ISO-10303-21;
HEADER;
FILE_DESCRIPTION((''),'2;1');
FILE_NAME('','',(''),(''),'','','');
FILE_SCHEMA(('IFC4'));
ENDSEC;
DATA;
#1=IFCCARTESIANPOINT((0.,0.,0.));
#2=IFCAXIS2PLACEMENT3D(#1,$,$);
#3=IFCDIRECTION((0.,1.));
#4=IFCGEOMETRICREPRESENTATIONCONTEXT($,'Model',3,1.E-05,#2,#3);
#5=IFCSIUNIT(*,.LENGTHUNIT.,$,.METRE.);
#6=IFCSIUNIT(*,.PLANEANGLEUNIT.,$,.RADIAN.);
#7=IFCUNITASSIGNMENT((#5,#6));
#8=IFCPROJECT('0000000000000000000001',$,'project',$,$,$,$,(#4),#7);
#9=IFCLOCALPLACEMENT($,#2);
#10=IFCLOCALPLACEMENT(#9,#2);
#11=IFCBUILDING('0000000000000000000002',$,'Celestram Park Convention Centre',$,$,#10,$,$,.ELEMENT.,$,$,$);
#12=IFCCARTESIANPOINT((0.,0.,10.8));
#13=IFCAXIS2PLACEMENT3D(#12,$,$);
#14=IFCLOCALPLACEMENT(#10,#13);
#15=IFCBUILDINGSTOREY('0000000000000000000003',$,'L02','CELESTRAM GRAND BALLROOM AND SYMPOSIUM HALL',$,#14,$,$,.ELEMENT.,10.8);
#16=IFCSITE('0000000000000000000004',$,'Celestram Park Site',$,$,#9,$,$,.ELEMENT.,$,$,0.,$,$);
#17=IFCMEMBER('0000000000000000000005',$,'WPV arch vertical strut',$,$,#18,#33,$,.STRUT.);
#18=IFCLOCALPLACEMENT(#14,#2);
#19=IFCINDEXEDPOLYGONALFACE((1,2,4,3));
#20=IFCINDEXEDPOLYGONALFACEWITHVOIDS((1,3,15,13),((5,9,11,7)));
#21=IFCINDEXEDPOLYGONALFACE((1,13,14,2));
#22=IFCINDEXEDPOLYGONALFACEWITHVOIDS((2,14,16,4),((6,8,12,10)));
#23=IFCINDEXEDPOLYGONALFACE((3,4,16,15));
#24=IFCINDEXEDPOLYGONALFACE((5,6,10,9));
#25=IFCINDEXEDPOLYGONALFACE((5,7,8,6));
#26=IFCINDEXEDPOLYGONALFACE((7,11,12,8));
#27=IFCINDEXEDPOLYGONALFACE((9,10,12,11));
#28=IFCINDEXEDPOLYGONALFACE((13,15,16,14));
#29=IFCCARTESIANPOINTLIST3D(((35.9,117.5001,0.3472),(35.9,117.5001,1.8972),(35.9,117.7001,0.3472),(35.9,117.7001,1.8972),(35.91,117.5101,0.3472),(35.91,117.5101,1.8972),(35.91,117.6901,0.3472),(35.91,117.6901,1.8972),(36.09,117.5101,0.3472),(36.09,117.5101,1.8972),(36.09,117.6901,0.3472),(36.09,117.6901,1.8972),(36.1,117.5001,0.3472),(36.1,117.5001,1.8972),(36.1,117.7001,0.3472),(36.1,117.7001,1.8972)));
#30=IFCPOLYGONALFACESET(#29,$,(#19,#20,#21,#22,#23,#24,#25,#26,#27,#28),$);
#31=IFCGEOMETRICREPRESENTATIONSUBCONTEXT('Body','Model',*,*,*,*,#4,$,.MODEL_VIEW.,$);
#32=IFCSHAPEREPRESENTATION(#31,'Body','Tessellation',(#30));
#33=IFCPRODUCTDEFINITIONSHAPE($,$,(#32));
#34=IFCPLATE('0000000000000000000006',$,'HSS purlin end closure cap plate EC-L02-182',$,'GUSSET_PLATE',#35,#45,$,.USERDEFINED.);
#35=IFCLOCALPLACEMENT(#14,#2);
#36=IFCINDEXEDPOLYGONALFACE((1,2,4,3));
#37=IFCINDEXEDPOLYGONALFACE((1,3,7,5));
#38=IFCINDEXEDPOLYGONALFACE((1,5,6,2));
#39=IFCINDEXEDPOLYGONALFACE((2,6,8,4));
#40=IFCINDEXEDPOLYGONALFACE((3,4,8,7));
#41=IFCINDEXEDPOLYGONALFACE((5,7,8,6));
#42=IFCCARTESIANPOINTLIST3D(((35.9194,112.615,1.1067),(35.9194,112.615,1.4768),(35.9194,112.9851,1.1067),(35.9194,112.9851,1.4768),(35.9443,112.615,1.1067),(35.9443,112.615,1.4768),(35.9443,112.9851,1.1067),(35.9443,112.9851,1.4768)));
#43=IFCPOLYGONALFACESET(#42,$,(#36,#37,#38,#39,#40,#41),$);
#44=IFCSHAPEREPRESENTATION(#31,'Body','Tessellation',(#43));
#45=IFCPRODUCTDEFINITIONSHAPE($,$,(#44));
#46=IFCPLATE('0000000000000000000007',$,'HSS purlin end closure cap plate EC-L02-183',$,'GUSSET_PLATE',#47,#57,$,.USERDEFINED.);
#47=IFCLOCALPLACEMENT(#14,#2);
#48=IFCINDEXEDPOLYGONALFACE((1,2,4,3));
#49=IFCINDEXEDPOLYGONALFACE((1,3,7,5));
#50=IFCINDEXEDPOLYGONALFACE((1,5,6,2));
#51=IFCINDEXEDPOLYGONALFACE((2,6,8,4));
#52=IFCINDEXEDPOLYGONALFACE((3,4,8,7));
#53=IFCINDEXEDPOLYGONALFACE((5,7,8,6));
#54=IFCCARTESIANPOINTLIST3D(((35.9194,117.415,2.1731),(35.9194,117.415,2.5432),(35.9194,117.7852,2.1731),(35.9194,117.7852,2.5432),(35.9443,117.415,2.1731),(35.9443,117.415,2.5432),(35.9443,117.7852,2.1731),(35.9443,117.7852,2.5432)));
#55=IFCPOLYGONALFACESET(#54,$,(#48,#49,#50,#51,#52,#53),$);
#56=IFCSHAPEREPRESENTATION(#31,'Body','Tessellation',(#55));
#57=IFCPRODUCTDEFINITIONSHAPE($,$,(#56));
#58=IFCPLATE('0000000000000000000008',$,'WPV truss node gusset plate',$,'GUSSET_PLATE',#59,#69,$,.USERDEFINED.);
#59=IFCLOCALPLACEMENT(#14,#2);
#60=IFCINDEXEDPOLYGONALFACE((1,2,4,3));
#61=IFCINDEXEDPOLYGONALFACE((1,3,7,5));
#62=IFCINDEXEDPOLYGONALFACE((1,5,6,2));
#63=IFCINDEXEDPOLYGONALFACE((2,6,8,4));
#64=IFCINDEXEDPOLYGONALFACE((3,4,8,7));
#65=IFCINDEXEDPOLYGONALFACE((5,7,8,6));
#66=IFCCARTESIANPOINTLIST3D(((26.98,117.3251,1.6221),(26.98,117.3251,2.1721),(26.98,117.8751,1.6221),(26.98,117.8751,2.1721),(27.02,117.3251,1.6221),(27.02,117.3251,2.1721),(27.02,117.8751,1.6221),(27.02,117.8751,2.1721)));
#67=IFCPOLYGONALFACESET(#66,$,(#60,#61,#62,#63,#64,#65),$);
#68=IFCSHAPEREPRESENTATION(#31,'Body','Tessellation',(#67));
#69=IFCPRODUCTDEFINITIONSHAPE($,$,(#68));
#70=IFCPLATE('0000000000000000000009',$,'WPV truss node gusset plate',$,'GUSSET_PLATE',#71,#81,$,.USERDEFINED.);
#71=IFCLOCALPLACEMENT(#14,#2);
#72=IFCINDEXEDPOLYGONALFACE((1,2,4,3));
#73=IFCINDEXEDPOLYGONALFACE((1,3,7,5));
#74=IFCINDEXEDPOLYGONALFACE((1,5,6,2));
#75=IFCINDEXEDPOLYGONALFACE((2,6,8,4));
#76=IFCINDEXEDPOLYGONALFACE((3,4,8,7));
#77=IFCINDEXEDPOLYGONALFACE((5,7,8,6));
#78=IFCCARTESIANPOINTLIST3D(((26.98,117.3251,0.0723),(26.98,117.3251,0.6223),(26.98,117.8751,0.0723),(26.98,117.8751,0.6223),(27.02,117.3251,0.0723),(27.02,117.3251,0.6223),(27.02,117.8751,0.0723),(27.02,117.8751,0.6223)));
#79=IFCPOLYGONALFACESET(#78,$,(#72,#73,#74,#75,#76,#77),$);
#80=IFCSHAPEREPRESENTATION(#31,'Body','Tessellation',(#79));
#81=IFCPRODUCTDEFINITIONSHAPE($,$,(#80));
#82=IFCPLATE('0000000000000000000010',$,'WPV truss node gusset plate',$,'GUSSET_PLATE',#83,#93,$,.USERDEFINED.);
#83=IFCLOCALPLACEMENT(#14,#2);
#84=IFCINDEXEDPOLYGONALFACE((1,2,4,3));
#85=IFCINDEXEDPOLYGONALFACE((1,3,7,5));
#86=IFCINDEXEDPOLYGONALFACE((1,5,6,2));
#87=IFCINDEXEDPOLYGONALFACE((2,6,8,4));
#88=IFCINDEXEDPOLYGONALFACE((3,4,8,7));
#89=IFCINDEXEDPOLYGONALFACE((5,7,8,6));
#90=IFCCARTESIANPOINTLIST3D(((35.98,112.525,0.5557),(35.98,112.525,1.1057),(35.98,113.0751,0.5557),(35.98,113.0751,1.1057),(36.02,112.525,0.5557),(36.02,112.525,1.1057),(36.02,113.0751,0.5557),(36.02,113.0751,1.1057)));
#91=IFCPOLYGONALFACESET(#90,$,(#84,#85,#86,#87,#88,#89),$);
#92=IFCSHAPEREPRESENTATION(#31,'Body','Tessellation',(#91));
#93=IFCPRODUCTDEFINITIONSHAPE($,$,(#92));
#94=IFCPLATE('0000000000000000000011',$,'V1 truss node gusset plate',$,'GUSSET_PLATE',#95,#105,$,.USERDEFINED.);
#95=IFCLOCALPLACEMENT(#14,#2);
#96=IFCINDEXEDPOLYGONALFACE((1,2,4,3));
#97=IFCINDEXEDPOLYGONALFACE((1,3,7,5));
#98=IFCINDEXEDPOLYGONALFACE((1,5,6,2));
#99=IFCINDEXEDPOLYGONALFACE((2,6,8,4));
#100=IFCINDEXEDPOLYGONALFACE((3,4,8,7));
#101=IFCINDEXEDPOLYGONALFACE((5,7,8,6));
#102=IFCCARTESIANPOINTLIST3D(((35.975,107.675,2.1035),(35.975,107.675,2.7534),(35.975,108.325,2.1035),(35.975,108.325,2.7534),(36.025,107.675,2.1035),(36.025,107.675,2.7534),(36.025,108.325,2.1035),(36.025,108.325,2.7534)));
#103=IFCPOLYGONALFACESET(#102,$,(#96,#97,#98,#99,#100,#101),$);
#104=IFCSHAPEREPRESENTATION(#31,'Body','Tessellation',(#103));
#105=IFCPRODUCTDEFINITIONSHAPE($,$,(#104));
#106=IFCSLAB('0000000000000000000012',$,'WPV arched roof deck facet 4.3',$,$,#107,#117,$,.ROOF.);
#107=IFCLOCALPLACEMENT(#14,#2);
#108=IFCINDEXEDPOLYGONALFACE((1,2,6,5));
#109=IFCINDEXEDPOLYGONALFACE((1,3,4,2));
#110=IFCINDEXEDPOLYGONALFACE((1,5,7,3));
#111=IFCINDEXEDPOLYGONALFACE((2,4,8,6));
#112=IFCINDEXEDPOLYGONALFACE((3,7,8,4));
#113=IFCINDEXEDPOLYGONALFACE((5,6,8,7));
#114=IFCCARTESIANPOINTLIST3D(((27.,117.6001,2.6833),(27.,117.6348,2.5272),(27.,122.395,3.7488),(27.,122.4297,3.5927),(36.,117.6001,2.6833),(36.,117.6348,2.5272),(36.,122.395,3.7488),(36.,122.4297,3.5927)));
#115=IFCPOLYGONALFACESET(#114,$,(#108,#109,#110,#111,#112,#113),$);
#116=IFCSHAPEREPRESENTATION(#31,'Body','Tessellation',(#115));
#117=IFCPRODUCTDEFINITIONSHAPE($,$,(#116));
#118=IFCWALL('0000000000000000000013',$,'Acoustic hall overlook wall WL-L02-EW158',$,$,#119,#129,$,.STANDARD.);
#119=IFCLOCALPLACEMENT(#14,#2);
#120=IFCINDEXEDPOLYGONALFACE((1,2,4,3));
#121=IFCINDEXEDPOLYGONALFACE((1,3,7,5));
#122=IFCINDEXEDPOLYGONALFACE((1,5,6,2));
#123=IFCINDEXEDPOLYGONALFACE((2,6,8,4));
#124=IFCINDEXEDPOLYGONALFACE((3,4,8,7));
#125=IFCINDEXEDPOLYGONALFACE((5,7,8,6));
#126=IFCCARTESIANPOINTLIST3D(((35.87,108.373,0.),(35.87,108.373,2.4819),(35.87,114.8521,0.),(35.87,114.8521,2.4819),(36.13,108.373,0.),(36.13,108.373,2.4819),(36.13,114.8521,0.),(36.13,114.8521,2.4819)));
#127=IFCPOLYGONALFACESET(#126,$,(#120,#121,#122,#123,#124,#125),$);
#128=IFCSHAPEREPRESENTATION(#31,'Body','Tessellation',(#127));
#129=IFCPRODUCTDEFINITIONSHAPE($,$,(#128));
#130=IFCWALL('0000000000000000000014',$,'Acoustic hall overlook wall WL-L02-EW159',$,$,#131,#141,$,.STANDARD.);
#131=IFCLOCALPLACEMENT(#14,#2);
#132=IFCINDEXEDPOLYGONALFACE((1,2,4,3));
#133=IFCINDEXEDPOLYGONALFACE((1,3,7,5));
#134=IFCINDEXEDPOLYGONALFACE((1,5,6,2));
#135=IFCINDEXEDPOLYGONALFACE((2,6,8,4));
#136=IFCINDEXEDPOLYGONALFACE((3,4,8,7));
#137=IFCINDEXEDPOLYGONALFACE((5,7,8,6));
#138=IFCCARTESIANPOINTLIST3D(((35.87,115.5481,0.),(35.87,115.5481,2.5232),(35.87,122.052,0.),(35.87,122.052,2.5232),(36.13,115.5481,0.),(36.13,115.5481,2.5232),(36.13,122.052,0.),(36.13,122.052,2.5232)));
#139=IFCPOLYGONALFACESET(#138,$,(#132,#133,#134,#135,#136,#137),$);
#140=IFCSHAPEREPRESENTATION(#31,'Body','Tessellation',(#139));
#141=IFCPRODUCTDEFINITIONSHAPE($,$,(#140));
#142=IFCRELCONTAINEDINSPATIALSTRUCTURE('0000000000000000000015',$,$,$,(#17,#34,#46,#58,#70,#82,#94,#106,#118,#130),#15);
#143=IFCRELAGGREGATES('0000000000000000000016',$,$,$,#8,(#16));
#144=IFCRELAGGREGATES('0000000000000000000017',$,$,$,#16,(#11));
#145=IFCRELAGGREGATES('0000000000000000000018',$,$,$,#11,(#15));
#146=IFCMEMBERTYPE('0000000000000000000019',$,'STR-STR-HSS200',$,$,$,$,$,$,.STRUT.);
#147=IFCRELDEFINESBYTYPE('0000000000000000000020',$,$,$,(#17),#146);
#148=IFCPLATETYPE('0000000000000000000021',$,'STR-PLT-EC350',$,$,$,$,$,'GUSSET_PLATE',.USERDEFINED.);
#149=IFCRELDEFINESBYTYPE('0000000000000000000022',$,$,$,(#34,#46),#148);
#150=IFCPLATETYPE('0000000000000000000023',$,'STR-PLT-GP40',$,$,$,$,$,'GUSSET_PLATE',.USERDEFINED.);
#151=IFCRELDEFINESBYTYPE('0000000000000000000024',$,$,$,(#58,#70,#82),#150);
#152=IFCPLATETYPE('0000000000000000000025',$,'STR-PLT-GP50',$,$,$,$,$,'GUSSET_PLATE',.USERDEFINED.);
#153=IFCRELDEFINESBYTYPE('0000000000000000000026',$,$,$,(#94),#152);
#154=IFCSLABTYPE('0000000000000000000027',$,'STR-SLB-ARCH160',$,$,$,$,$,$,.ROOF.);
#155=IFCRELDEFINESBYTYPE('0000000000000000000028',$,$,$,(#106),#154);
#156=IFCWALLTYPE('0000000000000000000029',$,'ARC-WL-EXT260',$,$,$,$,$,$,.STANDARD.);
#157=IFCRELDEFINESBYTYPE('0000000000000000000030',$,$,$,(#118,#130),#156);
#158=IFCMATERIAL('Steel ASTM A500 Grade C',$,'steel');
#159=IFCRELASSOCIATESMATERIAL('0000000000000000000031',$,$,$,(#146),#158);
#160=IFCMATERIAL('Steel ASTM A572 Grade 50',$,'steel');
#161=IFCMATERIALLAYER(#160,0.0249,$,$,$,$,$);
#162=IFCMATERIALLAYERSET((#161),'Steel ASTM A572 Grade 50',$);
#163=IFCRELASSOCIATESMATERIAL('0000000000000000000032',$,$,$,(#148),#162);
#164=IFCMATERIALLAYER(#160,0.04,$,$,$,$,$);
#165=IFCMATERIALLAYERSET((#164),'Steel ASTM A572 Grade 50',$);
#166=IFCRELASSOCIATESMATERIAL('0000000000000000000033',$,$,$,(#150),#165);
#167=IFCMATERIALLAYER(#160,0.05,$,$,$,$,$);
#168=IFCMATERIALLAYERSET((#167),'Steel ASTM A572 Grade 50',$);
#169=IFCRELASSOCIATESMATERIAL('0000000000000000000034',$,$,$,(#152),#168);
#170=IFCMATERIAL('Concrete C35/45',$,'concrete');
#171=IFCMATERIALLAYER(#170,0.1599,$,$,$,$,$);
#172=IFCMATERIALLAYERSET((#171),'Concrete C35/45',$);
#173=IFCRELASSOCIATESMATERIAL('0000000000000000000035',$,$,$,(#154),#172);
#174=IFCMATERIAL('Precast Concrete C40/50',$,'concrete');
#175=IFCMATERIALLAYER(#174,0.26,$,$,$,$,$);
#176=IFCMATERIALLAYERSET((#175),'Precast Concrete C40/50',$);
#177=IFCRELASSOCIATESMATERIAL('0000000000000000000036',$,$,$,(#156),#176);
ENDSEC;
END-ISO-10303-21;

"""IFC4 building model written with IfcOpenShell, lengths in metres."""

from ifc_helpers import new_model, si_unit, direction, frame, frame_2d, origin, origin_2d, place, context, subcontext, project, spatial, polyline, rectangle, hollow_rectangle, outline, extrude, material, layer, layer_set, material_profile, profile_set, type_object, element, save


model = new_model("IFC4")

# Units and contexts
model_context = context("Model", 3, precision=1e-05, world=origin(), true_north=direction((0.0, 1.0)))
body_context = subcontext(model_context, "Body", "Model", "MODEL_VIEW")
ifc_project = project(units=[si_unit("LENGTHUNIT", "METRE"), si_unit("PLANEANGLEUNIT", "RADIAN")], contexts=[model_context])

# Site, building, storey
site_placement = place(None, origin())
site = spatial("IfcSite", under=ifc_project, at=site_placement, Name="Celestram Park Site", CompositionType="ELEMENT", RefElevation=0.0)
building_placement = place(site_placement, origin())
building = spatial("IfcBuilding", under=site, at=building_placement, Name="Celestram Park Convention Centre", CompositionType="ELEMENT")
storey_placement = place(building_placement, frame((0.0, 0.0, 10.8)))
storey = spatial("IfcBuildingStorey", under=building, at=storey_placement, Name="L02", Description="CELESTRAM GRAND BALLROOM AND SYMPOSIUM HALL", CompositionType="ELEMENT", Elevation=10.8)

# Shared definitions
ifc_material_1 = material(Name="Steel ASTM A500 Grade C", Category="steel")

# Member
ifc_material_profile_1 = material_profile(ifc_material_1, hollow_rectangle(XDim=0.2, YDim=0.2, WallThickness=0.01, at=origin_2d()), Name="HSS200X200X10")
ifc_profile_set_1 = profile_set([ifc_material_profile_1], Name="Steel ASTM A500 Grade C")
member_type_1 = type_object("IfcMemberType", Name="STR-STR-HSS200", PredefinedType="STRUT", material=ifc_profile_set_1)
member_1_placement = place(storey_placement, frame((36.0, 117.6001, 0.3472), z_axis=(0.0, 0.0, 1.0), x_axis=(1.0, 0.0, 0.0)))
element("IfcMember", 1, at=member_1_placement, inside=storey, type_object=member_type_1, Name="WPV arch vertical strut", PredefinedType="STRUT", context=body_context, shape_type="SweptSolid", body=[
    extrude(hollow_rectangle(XDim=0.2, YDim=0.2, WallThickness=0.01, at=origin_2d()), origin(), (0.0, 0.0, 1.0), 1.55),
])

# Plates
ifc_material_2 = material(Name="Steel ASTM A572 Grade 50", Category="steel")
ifc_layer_1 = layer(ifc_material_2, 0.0249)
ifc_layer_set_1 = layer_set([ifc_layer_1], Name="Steel ASTM A572 Grade 50")
plate_type_1 = type_object("IfcPlateType", Name="STR-PLT-EC350", ElementType="GUSSET_PLATE", PredefinedType="USERDEFINED", material=ifc_layer_set_1)
for number, where, z_axis, x_axis, name in (
    (2, (35.9319, 112.8, 1.1067), (0.0, 0.0, 1.0), (0.0, 1.0, 0.0), "HSS purlin end closure cap plate EC-L02-182"),
    (3, (35.9319, 117.6001, 2.1731), (0.0, 0.0, 1.0), (0.0, 1.0, 0.0), "HSS purlin end closure cap plate EC-L02-183"),
):
    element("IfcPlate", number, at=place(storey_placement, frame(where, z_axis=z_axis, x_axis=x_axis)), inside=storey, type_object=plate_type_1, Name=name, ObjectType="GUSSET_PLATE", PredefinedType="USERDEFINED", context=body_context, shape_type="SweptSolid", body=[
        extrude(rectangle(XDim=0.3701, YDim=0.0249, at=origin_2d()), origin(), (0.0, 0.0, 1.0), 0.3701),
    ])
ifc_layer_2 = layer(ifc_material_2, 0.04)
ifc_layer_set_2 = layer_set([ifc_layer_2], Name="Steel ASTM A572 Grade 50")
plate_type_2 = type_object("IfcPlateType", Name="STR-PLT-GP40", ElementType="GUSSET_PLATE", PredefinedType="USERDEFINED", material=ifc_layer_set_2)
for number, where, z_axis, x_axis, name in (
    (4, (27.0, 117.6001, 1.6221), (0.0, 0.0, 1.0), (0.0, 1.0, 0.0), "WPV truss node gusset plate"),
    (5, (27.0, 117.6001, 0.0723), (0.0, 0.0, 1.0), (0.0, 1.0, 0.0), "WPV truss node gusset plate"),
    (6, (36.0, 112.8, 0.5557), (0.0, 0.0, 1.0), (0.0, 1.0, 0.0), "WPV truss node gusset plate"),
):
    element("IfcPlate", number, at=place(storey_placement, frame(where, z_axis=z_axis, x_axis=x_axis)), inside=storey, type_object=plate_type_2, Name=name, ObjectType="GUSSET_PLATE", PredefinedType="USERDEFINED", context=body_context, shape_type="SweptSolid", body=[
        extrude(rectangle(XDim=0.55, YDim=0.04, at=origin_2d()), origin(), (0.0, 0.0, 1.0), 0.55),
    ])
ifc_layer_3 = layer(ifc_material_2, 0.05)
ifc_layer_set_3 = layer_set([ifc_layer_3], Name="Steel ASTM A572 Grade 50")
plate_type_3 = type_object("IfcPlateType", Name="STR-PLT-GP50", ElementType="GUSSET_PLATE", PredefinedType="USERDEFINED", material=ifc_layer_set_3)
plate_placement = place(storey_placement, frame((36.0, 108.0, 2.1035), z_axis=(0.0, 0.0, 1.0), x_axis=(0.0, 1.0, 0.0)))
element("IfcPlate", 7, at=plate_placement, inside=storey, type_object=plate_type_3, Name="V1 truss node gusset plate", ObjectType="GUSSET_PLATE", PredefinedType="USERDEFINED", context=body_context, shape_type="SweptSolid", body=[
    extrude(rectangle(XDim=0.6499, YDim=0.05, at=origin_2d()), origin(), (0.0, 0.0, 1.0), 0.6499),
])

# Slab
ifc_material_3 = material(Name="Concrete C35/45", Category="concrete")
ifc_layer_4 = layer(ifc_material_3, 0.1599)
ifc_layer_set_4 = layer_set([ifc_layer_4], Name="Concrete C35/45")
slab_type = type_object("IfcSlabType", Name="STR-SLB-ARCH160", PredefinedType="ROOF", material=ifc_layer_set_4)
slab_placement = place(storey_placement, frame((27.0, 117.6001, 2.6833), z_axis=(0.0, -0.216909, 0.976192), x_axis=(1.0, 0.0, 0.0)))
element("IfcSlab", 8, at=slab_placement, inside=storey, type_object=slab_type, Name="WPV arched roof deck facet 4.3", PredefinedType="ROOF", context=body_context, shape_type="SweptSolid", body=[
    extrude(outline(polyline([(0.0, 0.0), (9.0, 0.0), (9.0, 4.9119), (0.0, 4.9119), (0.0, 0.0)])), origin(), (0.0, 0.0, -1.0), 0.1599),
])

# Walls
ifc_material_4 = material(Name="Precast Concrete C40/50", Category="concrete")
ifc_layer_5 = layer(ifc_material_4, 0.26)
ifc_layer_set_5 = layer_set([ifc_layer_5], Name="Precast Concrete C40/50")
wall_type = type_object("IfcWallType", Name="ARC-WL-EXT260", PredefinedType="STANDARD", material=ifc_layer_set_5)
wall_1_placement = place(storey_placement, frame((36.0, 108.373, 0.0), z_axis=(0.0, 0.0, 1.0), x_axis=(0.0, 1.0, 0.0)))
element("IfcWall", 9, at=wall_1_placement, inside=storey, type_object=wall_type, Name="Acoustic hall overlook wall WL-L02-EW158", PredefinedType="STANDARD", context=body_context, shape_type="SweptSolid", body=[
    extrude(rectangle(XDim=6.479, YDim=0.26, at=frame_2d((3.2395, 0.0))), origin(), (0.0, 0.0, 1.0), 2.4819),
])
wall_2_placement = place(storey_placement, frame((36.0, 115.5481, 0.0), z_axis=(0.0, 0.0, 1.0), x_axis=(0.0, 1.0, 0.0)))
element("IfcWall", 10, at=wall_2_placement, inside=storey, type_object=wall_type, Name="Acoustic hall overlook wall WL-L02-EW159", PredefinedType="STANDARD", context=body_context, shape_type="SweptSolid", body=[
    extrude(rectangle(XDim=6.5039, YDim=0.26, at=frame_2d((3.252, 0.0))), origin(), (0.0, 0.0, 1.0), 2.5232),
])

save(model, "model.ifc")
